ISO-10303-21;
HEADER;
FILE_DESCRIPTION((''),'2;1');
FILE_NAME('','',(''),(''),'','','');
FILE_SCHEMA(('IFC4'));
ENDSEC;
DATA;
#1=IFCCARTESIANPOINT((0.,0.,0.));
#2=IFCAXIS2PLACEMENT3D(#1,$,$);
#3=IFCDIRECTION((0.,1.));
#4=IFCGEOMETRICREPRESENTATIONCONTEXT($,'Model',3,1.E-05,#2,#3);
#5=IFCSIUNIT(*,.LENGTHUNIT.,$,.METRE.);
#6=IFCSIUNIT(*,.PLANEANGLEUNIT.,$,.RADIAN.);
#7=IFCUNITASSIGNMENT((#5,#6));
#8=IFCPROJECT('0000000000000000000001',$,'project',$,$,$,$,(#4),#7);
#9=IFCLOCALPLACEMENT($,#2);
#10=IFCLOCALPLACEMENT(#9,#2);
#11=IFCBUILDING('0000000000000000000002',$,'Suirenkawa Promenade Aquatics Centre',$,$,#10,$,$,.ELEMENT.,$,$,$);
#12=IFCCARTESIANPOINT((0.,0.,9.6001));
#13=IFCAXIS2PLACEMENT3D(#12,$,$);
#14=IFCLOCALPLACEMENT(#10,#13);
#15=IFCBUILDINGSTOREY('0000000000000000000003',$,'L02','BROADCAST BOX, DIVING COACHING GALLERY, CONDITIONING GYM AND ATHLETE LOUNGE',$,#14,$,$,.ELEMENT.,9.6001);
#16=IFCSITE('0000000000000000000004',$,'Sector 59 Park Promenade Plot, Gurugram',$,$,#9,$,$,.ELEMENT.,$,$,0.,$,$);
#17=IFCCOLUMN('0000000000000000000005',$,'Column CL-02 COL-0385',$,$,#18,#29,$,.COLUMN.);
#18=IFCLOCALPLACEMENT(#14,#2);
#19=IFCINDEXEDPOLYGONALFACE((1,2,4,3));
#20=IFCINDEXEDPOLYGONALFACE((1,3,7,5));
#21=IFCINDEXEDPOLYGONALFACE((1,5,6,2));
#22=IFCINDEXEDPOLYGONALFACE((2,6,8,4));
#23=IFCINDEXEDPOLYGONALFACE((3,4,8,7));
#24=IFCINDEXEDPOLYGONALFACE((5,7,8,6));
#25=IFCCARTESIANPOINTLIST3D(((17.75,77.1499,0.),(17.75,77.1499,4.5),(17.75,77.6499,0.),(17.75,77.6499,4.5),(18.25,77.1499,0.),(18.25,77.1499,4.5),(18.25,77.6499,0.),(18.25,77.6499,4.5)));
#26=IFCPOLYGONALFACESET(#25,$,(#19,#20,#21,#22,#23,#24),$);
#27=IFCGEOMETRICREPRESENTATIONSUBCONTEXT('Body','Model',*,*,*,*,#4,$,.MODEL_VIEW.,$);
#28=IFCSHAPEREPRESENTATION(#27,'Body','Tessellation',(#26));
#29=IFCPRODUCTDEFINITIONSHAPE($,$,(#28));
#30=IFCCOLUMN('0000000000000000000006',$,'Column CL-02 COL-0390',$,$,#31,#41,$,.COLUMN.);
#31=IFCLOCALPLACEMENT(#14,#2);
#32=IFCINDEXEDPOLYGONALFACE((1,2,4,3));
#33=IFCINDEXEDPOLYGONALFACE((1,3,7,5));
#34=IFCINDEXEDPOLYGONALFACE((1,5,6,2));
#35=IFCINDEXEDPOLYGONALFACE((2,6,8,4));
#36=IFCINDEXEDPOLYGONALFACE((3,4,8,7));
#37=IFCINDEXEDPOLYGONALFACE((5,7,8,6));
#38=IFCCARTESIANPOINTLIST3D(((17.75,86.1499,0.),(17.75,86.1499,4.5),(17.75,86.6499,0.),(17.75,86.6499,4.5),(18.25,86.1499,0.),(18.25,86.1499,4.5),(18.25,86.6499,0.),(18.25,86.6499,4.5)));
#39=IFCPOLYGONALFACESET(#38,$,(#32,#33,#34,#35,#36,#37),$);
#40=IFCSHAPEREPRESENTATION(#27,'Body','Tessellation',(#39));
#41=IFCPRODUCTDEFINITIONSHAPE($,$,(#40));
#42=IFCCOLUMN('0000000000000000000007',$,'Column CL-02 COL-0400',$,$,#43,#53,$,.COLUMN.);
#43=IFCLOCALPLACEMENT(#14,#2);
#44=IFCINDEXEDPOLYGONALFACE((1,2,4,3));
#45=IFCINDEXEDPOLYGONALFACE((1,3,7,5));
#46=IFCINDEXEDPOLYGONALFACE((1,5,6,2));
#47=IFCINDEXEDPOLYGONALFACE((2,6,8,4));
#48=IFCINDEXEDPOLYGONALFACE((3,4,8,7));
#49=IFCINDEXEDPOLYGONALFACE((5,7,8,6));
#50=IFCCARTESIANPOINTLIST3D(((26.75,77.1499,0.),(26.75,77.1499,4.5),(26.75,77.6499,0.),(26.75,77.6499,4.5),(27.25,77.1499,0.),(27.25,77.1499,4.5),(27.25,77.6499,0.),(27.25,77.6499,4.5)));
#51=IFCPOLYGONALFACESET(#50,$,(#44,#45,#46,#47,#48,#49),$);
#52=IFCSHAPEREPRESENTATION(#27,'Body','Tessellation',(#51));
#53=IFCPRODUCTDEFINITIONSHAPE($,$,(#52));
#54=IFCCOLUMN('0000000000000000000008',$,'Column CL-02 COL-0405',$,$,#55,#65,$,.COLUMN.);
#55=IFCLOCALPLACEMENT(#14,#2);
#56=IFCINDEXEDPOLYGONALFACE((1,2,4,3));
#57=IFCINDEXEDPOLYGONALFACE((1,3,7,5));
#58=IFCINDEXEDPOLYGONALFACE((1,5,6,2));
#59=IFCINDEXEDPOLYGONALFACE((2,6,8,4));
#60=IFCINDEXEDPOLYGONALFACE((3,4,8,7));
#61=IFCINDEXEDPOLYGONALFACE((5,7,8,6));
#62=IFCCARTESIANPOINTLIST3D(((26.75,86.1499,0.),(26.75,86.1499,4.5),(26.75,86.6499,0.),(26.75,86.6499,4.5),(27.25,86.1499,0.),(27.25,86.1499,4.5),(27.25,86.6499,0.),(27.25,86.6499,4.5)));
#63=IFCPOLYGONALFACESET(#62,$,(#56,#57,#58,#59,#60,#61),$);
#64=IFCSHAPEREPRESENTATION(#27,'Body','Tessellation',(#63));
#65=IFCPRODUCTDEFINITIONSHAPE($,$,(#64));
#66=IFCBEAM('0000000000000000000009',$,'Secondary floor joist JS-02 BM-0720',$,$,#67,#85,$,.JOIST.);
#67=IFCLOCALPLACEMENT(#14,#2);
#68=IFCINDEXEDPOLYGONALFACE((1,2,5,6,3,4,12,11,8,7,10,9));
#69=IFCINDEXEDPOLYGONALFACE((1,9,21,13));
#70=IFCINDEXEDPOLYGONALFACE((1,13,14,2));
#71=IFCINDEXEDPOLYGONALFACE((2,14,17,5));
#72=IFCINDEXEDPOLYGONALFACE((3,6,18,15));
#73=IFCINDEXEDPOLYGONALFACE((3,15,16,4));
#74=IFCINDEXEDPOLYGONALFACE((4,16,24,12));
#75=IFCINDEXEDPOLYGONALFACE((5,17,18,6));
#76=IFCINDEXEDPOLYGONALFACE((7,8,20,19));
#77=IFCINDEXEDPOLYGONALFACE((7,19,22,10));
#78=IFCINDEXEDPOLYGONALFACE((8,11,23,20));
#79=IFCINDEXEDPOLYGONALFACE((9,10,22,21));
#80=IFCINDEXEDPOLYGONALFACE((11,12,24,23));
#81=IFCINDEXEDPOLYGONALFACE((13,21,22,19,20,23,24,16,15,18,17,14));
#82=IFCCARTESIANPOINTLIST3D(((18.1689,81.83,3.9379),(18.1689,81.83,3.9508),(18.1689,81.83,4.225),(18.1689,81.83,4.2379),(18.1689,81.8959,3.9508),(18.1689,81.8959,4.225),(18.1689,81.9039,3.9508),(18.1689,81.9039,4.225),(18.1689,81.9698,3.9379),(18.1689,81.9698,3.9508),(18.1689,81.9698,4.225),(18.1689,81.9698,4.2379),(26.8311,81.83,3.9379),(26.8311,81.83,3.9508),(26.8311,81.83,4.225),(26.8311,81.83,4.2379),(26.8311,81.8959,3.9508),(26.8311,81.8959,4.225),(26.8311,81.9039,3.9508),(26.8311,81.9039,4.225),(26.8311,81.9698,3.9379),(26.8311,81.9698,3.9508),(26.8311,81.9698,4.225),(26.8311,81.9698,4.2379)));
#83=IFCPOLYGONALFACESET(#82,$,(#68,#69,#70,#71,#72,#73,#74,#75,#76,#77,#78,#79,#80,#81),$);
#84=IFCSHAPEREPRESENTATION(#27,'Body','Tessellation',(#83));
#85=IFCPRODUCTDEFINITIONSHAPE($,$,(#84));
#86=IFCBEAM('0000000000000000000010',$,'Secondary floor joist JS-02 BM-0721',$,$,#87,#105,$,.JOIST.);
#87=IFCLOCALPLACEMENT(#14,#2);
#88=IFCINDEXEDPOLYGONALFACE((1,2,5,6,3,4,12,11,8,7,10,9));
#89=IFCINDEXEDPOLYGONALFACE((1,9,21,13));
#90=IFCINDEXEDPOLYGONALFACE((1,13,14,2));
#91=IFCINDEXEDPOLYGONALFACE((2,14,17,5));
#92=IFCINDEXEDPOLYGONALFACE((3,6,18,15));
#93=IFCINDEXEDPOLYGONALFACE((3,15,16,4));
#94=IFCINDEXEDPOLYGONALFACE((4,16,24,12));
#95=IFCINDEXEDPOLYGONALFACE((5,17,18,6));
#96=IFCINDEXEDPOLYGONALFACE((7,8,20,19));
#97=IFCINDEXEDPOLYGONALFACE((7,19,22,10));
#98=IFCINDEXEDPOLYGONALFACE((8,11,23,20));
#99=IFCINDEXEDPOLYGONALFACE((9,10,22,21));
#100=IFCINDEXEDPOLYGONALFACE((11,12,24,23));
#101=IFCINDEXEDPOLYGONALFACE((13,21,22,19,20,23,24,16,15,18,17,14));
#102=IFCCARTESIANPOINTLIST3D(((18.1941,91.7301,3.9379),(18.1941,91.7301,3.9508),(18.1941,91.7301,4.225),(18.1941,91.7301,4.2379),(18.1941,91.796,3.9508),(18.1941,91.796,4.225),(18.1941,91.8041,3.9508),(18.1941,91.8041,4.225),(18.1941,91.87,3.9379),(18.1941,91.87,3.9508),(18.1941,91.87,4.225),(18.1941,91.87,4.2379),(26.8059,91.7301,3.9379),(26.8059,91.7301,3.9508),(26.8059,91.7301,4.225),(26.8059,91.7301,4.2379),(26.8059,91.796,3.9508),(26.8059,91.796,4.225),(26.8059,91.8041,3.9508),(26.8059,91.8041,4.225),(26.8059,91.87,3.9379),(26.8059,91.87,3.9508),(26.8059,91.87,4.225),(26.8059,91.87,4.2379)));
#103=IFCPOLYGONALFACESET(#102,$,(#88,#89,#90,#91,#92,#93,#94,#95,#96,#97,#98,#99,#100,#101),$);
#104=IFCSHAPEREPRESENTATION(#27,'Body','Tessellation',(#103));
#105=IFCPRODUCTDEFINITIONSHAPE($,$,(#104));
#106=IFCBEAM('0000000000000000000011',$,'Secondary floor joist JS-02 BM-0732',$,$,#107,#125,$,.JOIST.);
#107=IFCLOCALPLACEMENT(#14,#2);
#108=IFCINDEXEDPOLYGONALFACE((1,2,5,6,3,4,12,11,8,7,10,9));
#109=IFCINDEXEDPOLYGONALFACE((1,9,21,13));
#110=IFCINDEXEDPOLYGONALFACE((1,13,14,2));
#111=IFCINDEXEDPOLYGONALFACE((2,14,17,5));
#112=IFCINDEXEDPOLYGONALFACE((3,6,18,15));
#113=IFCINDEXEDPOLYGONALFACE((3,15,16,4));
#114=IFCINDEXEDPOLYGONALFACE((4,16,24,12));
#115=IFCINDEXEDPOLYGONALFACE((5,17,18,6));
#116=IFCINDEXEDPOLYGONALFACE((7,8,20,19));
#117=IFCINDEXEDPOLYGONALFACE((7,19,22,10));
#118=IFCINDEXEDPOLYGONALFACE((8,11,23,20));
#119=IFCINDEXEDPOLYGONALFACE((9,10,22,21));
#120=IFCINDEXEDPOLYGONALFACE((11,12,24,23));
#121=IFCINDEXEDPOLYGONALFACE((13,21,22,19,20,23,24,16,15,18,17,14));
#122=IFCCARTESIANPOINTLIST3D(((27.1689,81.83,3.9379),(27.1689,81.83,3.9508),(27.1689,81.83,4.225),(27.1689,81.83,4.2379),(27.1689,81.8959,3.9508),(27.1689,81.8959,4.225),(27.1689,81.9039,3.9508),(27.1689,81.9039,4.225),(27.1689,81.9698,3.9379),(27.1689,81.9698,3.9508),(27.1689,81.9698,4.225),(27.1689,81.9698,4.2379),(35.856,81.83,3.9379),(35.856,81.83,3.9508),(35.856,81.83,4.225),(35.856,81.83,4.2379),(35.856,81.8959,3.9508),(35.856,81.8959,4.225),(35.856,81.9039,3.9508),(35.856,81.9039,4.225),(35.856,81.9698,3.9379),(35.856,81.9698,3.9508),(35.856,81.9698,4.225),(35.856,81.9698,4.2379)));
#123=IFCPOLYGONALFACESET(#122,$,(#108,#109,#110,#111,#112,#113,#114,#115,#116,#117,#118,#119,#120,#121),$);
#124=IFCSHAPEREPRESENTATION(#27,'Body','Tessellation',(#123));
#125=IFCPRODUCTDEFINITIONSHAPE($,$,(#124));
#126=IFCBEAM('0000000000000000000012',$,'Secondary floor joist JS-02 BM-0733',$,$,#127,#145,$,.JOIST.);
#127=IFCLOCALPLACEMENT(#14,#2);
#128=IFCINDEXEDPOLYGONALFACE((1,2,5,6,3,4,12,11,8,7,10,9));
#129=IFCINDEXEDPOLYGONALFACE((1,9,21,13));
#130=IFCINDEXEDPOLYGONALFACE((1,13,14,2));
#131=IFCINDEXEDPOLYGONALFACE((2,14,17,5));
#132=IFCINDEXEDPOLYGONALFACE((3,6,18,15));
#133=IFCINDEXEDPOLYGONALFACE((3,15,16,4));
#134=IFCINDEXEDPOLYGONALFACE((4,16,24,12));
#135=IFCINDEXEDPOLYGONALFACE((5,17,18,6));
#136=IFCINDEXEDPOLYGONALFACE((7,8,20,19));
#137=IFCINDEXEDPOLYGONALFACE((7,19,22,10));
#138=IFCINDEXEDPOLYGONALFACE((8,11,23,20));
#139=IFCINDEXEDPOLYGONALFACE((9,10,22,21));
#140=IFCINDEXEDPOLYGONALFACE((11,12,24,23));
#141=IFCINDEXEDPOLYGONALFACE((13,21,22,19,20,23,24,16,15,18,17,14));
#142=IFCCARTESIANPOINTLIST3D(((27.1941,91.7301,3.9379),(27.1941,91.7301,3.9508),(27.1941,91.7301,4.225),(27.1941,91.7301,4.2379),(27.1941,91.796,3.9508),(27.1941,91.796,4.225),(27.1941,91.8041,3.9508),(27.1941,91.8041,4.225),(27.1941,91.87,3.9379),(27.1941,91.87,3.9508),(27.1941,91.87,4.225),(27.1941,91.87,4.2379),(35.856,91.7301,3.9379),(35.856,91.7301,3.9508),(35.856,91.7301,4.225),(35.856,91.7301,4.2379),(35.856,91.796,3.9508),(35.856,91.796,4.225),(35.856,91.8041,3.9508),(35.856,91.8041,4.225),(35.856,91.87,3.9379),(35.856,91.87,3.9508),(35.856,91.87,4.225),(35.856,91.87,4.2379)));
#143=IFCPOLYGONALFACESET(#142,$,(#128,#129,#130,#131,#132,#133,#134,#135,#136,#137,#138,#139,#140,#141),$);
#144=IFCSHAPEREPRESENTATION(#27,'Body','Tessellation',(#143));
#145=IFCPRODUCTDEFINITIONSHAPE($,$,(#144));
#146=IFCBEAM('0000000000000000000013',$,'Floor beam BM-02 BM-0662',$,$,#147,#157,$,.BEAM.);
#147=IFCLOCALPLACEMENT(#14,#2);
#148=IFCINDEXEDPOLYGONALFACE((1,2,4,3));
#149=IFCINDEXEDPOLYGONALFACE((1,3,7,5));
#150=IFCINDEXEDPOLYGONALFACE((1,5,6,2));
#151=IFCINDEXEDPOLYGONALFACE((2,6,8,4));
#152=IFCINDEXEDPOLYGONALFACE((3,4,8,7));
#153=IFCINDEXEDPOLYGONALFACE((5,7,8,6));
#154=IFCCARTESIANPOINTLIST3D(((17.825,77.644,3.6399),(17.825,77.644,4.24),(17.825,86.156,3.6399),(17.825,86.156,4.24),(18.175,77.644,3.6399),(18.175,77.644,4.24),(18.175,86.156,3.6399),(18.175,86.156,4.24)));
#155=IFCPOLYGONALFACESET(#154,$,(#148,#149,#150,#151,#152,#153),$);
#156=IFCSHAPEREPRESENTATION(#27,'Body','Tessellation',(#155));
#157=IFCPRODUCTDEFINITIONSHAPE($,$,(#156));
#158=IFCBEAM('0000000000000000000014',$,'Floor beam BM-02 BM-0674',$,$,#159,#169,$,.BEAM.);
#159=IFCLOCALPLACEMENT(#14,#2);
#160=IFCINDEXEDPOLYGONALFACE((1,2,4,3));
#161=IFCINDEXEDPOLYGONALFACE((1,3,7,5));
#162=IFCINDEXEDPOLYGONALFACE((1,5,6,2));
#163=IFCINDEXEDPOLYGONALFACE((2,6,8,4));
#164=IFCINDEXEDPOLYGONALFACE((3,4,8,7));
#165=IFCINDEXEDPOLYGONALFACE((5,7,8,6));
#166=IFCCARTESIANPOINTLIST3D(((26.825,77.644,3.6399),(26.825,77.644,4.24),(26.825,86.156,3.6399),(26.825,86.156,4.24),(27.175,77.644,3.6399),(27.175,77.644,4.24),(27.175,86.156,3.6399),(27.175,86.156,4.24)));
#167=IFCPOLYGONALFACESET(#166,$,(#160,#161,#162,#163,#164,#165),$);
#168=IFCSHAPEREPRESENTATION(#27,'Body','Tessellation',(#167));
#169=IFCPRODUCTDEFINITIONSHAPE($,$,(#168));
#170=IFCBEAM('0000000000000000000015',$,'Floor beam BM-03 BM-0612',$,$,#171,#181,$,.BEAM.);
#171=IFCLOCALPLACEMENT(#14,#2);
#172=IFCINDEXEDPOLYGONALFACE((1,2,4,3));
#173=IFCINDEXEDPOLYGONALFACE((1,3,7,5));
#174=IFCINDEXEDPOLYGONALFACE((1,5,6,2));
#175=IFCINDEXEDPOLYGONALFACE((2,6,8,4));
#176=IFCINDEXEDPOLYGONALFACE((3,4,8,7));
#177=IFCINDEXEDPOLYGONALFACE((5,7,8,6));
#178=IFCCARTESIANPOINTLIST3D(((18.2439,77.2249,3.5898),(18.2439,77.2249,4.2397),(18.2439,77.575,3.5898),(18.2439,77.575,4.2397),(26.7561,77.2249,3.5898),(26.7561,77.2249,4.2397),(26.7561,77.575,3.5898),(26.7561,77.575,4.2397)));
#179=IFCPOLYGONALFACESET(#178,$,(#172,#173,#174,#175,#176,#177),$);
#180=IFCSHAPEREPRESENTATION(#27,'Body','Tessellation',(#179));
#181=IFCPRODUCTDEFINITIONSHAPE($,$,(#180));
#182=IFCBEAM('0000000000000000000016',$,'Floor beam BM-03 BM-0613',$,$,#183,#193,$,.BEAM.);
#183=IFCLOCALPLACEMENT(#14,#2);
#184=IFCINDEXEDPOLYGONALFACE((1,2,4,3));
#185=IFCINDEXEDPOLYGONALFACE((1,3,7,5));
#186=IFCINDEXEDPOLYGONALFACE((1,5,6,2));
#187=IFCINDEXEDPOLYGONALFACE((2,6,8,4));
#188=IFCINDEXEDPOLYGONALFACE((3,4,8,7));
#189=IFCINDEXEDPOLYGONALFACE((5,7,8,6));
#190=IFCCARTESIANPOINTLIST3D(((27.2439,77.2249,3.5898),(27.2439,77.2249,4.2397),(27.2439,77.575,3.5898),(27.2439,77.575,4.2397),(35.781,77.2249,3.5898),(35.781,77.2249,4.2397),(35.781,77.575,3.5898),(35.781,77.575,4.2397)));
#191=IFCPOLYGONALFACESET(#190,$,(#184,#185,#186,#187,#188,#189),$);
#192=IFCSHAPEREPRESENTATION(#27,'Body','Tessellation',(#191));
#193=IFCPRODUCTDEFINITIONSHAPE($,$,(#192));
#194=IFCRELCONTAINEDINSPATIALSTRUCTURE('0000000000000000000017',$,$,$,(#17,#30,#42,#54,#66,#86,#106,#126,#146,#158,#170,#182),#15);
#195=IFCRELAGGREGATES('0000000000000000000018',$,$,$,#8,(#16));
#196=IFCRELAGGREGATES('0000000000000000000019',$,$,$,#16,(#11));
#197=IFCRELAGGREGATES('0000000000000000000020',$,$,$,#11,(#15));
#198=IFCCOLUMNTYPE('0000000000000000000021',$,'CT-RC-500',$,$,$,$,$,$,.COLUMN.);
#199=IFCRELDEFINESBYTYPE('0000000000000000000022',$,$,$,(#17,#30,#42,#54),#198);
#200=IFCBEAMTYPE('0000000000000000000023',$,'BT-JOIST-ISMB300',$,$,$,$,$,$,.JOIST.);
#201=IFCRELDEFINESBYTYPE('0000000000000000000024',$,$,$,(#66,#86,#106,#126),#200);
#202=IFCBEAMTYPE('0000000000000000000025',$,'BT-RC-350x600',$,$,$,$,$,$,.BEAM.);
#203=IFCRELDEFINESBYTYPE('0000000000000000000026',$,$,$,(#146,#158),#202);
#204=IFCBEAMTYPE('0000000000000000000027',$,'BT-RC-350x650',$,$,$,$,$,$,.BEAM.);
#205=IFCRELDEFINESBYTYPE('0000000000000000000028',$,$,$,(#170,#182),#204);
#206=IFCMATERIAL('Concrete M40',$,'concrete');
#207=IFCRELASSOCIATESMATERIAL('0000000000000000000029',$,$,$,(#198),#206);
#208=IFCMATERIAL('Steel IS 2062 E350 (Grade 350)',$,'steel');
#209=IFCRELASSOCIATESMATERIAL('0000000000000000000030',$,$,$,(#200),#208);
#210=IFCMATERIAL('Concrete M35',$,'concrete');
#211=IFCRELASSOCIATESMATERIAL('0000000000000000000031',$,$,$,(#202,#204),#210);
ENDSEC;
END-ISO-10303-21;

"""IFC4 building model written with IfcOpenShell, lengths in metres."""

from ifc_helpers import new_model, si_unit, direction, frame, origin, origin_2d, place, context, subcontext, project, spatial, rectangle, i_section, extrude, material, material_profile, profile_set, type_object, element, save


model = new_model("IFC4")

# Units and contexts
model_context = context("Model", 3, precision=1e-05, world=origin(), true_north=direction((0.0, 1.0)))
body_context = subcontext(model_context, "Body", "Model", "MODEL_VIEW")
ifc_project = project(units=[si_unit("LENGTHUNIT", "METRE"), si_unit("PLANEANGLEUNIT", "RADIAN")], contexts=[model_context])

# Site, building, storey
site_placement = place(None, origin())
site = spatial("IfcSite", under=ifc_project, at=site_placement, Name="Sector 59 Park Promenade Plot, Gurugram", CompositionType="ELEMENT", RefElevation=0.0)
building_placement = place(site_placement, origin())
building = spatial("IfcBuilding", under=site, at=building_placement, Name="Suirenkawa Promenade Aquatics Centre", CompositionType="ELEMENT")
storey_placement = place(building_placement, frame((0.0, 0.0, 9.6001)))
storey = spatial("IfcBuildingStorey", under=building, at=storey_placement, Name="L02", Description="BROADCAST BOX, DIVING COACHING GALLERY, CONDITIONING GYM AND ATHLETE LOUNGE", CompositionType="ELEMENT", Elevation=9.6001)

# Columns
ifc_material_1 = material(Name="Concrete M40", Category="concrete")
ifc_material_profile_1 = material_profile(ifc_material_1, rectangle(XDim=0.5, YDim=0.5, at=origin_2d()), Name="RC COL 500x500", Category="concrete")
ifc_profile_set_1 = profile_set([ifc_material_profile_1], Name="Concrete M40")
column_type = type_object("IfcColumnType", Name="CT-RC-500", PredefinedType="COLUMN", material=ifc_profile_set_1)
for number, where, z_axis, x_axis, name in (
    (1, (18.0, 77.3999, 0.0), (0.0, 0.0, 1.0), (1.0, 0.0, 0.0), "Column CL-02 COL-0385"),
    (2, (18.0, 86.3999, 0.0), (0.0, 0.0, 1.0), (1.0, 0.0, 0.0), "Column CL-02 COL-0390"),
    (3, (27.0, 77.3999, 0.0), (0.0, 0.0, 1.0), (1.0, 0.0, 0.0), "Column CL-02 COL-0400"),
    (4, (27.0, 86.3999, 0.0), (0.0, 0.0, 1.0), (1.0, 0.0, 0.0), "Column CL-02 COL-0405"),
):
    element("IfcColumn", number, at=place(storey_placement, frame(where, z_axis=z_axis, x_axis=x_axis)), inside=storey, type_object=column_type, Name=name, PredefinedType="COLUMN", context=body_context, shape_type="SweptSolid", body=[
        extrude(rectangle(XDim=0.5, YDim=0.5, at=origin_2d()), origin(), (0.0, 0.0, 1.0), 4.5),
    ])

# Beams
ifc_material_2 = material(Name="Steel IS 2062 E350 (Grade 350)", Category="steel")
ifc_material_profile_2 = material_profile(ifc_material_2, i_section(OverallWidth=0.1399, OverallDepth=0.3, WebThickness=0.0081, FlangeThickness=0.0129, at=origin_2d()), Name="ISMB 300", Category="steel")
ifc_profile_set_2 = profile_set([ifc_material_profile_2], Name="Steel IS 2062 E350 (Grade 350)")
beam_type_1 = type_object("IfcBeamType", Name="BT-JOIST-ISMB300", PredefinedType="JOIST", material=ifc_profile_set_2)
beam_1_placement = place(storey_placement, frame((18.1689, 81.8999, 4.0879), z_axis=(1.0, 0.0, 0.0), x_axis=(0.0, 1.0, 0.0)))
element("IfcBeam", 5, at=beam_1_placement, inside=storey, type_object=beam_type_1, Name="Secondary floor joist JS-02 BM-0720", PredefinedType="JOIST", context=body_context, shape_type="SweptSolid", body=[
    extrude(i_section(OverallWidth=0.1399, OverallDepth=0.3, WebThickness=0.0081, FlangeThickness=0.0129, at=origin_2d()), origin(), (0.0, 0.0, 1.0), 8.6621),
])
beam_2_placement = place(storey_placement, frame((18.1941, 91.8, 4.0879), z_axis=(1.0, 0.0, 0.0), x_axis=(0.0, 1.0, 0.0)))
element("IfcBeam", 6, at=beam_2_placement, inside=storey, type_object=beam_type_1, Name="Secondary floor joist JS-02 BM-0721", PredefinedType="JOIST", context=body_context, shape_type="SweptSolid", body=[
    extrude(i_section(OverallWidth=0.1399, OverallDepth=0.3, WebThickness=0.0081, FlangeThickness=0.0129, at=origin_2d()), origin(), (0.0, 0.0, 1.0), 8.6118),
])
beam_3_placement = place(storey_placement, frame((27.1689, 81.8999, 4.0879), z_axis=(1.0, 0.0, 0.0), x_axis=(0.0, 1.0, 0.0)))
element("IfcBeam", 7, at=beam_3_placement, inside=storey, type_object=beam_type_1, Name="Secondary floor joist JS-02 BM-0732", PredefinedType="JOIST", context=body_context, shape_type="SweptSolid", body=[
    extrude(i_section(OverallWidth=0.1399, OverallDepth=0.3, WebThickness=0.0081, FlangeThickness=0.0129, at=origin_2d()), origin(), (0.0, 0.0, 1.0), 8.687),
])
beam_4_placement = place(storey_placement, frame((27.1941, 91.8, 4.0879), z_axis=(1.0, 0.0, 0.0), x_axis=(0.0, 1.0, 0.0)))
element("IfcBeam", 8, at=beam_4_placement, inside=storey, type_object=beam_type_1, Name="Secondary floor joist JS-02 BM-0733", PredefinedType="JOIST", context=body_context, shape_type="SweptSolid", body=[
    extrude(i_section(OverallWidth=0.1399, OverallDepth=0.3, WebThickness=0.0081, FlangeThickness=0.0129, at=origin_2d()), origin(), (0.0, 0.0, 1.0), 8.6619),
])
ifc_material_3 = material(Name="Concrete M35", Category="concrete")
ifc_material_profile_3 = material_profile(ifc_material_3, rectangle(XDim=0.3501, YDim=0.6001, at=origin_2d()), Name="RC BM 350x600", Category="concrete")
ifc_profile_set_3 = profile_set([ifc_material_profile_3], Name="Concrete M35")
beam_type_2 = type_object("IfcBeamType", Name="BT-RC-350x600", PredefinedType="BEAM", material=ifc_profile_set_3)
for number, where, z_axis, x_axis, name in (
    (9, (18.0, 77.644, 3.9399), (0.0, 1.0, 0.0), (-1.0, 0.0, 0.0), "Floor beam BM-02 BM-0662"),
    (10, (27.0, 77.644, 3.9399), (0.0, 1.0, 0.0), (-1.0, 0.0, 0.0), "Floor beam BM-02 BM-0674"),
):
    element("IfcBeam", number, at=place(storey_placement, frame(where, z_axis=z_axis, x_axis=x_axis)), inside=storey, type_object=beam_type_2, Name=name, PredefinedType="BEAM", context=body_context, shape_type="SweptSolid", body=[
        extrude(rectangle(XDim=0.3501, YDim=0.6001, at=origin_2d()), origin(), (0.0, 0.0, 1.0), 8.512),
    ])
ifc_material_profile_4 = material_profile(ifc_material_3, rectangle(XDim=0.3501, YDim=0.6499, at=origin_2d()), Name="RC BM 350x650", Category="concrete")
ifc_profile_set_4 = profile_set([ifc_material_profile_4], Name="Concrete M35")
beam_type_3 = type_object("IfcBeamType", Name="BT-RC-350x650", PredefinedType="BEAM", material=ifc_profile_set_4)
beam_5_placement = place(storey_placement, frame((18.2439, 77.3999, 3.9148), z_axis=(1.0, 0.0, 0.0), x_axis=(0.0, 1.0, 0.0)))
element("IfcBeam", 11, at=beam_5_placement, inside=storey, type_object=beam_type_3, Name="Floor beam BM-03 BM-0612", PredefinedType="BEAM", context=body_context, shape_type="SweptSolid", body=[
    extrude(rectangle(XDim=0.3501, YDim=0.6499, at=origin_2d()), origin(), (0.0, 0.0, 1.0), 8.5122),
])
beam_6_placement = place(storey_placement, frame((27.2439, 77.3999, 3.9148), z_axis=(1.0, 0.0, 0.0), x_axis=(0.0, 1.0, 0.0)))
element("IfcBeam", 12, at=beam_6_placement, inside=storey, type_object=beam_type_3, Name="Floor beam BM-03 BM-0613", PredefinedType="BEAM", context=body_context, shape_type="SweptSolid", body=[
    extrude(rectangle(XDim=0.3501, YDim=0.6499, at=origin_2d()), origin(), (0.0, 0.0, 1.0), 8.5371),
])

save(model, "model.ifc")
